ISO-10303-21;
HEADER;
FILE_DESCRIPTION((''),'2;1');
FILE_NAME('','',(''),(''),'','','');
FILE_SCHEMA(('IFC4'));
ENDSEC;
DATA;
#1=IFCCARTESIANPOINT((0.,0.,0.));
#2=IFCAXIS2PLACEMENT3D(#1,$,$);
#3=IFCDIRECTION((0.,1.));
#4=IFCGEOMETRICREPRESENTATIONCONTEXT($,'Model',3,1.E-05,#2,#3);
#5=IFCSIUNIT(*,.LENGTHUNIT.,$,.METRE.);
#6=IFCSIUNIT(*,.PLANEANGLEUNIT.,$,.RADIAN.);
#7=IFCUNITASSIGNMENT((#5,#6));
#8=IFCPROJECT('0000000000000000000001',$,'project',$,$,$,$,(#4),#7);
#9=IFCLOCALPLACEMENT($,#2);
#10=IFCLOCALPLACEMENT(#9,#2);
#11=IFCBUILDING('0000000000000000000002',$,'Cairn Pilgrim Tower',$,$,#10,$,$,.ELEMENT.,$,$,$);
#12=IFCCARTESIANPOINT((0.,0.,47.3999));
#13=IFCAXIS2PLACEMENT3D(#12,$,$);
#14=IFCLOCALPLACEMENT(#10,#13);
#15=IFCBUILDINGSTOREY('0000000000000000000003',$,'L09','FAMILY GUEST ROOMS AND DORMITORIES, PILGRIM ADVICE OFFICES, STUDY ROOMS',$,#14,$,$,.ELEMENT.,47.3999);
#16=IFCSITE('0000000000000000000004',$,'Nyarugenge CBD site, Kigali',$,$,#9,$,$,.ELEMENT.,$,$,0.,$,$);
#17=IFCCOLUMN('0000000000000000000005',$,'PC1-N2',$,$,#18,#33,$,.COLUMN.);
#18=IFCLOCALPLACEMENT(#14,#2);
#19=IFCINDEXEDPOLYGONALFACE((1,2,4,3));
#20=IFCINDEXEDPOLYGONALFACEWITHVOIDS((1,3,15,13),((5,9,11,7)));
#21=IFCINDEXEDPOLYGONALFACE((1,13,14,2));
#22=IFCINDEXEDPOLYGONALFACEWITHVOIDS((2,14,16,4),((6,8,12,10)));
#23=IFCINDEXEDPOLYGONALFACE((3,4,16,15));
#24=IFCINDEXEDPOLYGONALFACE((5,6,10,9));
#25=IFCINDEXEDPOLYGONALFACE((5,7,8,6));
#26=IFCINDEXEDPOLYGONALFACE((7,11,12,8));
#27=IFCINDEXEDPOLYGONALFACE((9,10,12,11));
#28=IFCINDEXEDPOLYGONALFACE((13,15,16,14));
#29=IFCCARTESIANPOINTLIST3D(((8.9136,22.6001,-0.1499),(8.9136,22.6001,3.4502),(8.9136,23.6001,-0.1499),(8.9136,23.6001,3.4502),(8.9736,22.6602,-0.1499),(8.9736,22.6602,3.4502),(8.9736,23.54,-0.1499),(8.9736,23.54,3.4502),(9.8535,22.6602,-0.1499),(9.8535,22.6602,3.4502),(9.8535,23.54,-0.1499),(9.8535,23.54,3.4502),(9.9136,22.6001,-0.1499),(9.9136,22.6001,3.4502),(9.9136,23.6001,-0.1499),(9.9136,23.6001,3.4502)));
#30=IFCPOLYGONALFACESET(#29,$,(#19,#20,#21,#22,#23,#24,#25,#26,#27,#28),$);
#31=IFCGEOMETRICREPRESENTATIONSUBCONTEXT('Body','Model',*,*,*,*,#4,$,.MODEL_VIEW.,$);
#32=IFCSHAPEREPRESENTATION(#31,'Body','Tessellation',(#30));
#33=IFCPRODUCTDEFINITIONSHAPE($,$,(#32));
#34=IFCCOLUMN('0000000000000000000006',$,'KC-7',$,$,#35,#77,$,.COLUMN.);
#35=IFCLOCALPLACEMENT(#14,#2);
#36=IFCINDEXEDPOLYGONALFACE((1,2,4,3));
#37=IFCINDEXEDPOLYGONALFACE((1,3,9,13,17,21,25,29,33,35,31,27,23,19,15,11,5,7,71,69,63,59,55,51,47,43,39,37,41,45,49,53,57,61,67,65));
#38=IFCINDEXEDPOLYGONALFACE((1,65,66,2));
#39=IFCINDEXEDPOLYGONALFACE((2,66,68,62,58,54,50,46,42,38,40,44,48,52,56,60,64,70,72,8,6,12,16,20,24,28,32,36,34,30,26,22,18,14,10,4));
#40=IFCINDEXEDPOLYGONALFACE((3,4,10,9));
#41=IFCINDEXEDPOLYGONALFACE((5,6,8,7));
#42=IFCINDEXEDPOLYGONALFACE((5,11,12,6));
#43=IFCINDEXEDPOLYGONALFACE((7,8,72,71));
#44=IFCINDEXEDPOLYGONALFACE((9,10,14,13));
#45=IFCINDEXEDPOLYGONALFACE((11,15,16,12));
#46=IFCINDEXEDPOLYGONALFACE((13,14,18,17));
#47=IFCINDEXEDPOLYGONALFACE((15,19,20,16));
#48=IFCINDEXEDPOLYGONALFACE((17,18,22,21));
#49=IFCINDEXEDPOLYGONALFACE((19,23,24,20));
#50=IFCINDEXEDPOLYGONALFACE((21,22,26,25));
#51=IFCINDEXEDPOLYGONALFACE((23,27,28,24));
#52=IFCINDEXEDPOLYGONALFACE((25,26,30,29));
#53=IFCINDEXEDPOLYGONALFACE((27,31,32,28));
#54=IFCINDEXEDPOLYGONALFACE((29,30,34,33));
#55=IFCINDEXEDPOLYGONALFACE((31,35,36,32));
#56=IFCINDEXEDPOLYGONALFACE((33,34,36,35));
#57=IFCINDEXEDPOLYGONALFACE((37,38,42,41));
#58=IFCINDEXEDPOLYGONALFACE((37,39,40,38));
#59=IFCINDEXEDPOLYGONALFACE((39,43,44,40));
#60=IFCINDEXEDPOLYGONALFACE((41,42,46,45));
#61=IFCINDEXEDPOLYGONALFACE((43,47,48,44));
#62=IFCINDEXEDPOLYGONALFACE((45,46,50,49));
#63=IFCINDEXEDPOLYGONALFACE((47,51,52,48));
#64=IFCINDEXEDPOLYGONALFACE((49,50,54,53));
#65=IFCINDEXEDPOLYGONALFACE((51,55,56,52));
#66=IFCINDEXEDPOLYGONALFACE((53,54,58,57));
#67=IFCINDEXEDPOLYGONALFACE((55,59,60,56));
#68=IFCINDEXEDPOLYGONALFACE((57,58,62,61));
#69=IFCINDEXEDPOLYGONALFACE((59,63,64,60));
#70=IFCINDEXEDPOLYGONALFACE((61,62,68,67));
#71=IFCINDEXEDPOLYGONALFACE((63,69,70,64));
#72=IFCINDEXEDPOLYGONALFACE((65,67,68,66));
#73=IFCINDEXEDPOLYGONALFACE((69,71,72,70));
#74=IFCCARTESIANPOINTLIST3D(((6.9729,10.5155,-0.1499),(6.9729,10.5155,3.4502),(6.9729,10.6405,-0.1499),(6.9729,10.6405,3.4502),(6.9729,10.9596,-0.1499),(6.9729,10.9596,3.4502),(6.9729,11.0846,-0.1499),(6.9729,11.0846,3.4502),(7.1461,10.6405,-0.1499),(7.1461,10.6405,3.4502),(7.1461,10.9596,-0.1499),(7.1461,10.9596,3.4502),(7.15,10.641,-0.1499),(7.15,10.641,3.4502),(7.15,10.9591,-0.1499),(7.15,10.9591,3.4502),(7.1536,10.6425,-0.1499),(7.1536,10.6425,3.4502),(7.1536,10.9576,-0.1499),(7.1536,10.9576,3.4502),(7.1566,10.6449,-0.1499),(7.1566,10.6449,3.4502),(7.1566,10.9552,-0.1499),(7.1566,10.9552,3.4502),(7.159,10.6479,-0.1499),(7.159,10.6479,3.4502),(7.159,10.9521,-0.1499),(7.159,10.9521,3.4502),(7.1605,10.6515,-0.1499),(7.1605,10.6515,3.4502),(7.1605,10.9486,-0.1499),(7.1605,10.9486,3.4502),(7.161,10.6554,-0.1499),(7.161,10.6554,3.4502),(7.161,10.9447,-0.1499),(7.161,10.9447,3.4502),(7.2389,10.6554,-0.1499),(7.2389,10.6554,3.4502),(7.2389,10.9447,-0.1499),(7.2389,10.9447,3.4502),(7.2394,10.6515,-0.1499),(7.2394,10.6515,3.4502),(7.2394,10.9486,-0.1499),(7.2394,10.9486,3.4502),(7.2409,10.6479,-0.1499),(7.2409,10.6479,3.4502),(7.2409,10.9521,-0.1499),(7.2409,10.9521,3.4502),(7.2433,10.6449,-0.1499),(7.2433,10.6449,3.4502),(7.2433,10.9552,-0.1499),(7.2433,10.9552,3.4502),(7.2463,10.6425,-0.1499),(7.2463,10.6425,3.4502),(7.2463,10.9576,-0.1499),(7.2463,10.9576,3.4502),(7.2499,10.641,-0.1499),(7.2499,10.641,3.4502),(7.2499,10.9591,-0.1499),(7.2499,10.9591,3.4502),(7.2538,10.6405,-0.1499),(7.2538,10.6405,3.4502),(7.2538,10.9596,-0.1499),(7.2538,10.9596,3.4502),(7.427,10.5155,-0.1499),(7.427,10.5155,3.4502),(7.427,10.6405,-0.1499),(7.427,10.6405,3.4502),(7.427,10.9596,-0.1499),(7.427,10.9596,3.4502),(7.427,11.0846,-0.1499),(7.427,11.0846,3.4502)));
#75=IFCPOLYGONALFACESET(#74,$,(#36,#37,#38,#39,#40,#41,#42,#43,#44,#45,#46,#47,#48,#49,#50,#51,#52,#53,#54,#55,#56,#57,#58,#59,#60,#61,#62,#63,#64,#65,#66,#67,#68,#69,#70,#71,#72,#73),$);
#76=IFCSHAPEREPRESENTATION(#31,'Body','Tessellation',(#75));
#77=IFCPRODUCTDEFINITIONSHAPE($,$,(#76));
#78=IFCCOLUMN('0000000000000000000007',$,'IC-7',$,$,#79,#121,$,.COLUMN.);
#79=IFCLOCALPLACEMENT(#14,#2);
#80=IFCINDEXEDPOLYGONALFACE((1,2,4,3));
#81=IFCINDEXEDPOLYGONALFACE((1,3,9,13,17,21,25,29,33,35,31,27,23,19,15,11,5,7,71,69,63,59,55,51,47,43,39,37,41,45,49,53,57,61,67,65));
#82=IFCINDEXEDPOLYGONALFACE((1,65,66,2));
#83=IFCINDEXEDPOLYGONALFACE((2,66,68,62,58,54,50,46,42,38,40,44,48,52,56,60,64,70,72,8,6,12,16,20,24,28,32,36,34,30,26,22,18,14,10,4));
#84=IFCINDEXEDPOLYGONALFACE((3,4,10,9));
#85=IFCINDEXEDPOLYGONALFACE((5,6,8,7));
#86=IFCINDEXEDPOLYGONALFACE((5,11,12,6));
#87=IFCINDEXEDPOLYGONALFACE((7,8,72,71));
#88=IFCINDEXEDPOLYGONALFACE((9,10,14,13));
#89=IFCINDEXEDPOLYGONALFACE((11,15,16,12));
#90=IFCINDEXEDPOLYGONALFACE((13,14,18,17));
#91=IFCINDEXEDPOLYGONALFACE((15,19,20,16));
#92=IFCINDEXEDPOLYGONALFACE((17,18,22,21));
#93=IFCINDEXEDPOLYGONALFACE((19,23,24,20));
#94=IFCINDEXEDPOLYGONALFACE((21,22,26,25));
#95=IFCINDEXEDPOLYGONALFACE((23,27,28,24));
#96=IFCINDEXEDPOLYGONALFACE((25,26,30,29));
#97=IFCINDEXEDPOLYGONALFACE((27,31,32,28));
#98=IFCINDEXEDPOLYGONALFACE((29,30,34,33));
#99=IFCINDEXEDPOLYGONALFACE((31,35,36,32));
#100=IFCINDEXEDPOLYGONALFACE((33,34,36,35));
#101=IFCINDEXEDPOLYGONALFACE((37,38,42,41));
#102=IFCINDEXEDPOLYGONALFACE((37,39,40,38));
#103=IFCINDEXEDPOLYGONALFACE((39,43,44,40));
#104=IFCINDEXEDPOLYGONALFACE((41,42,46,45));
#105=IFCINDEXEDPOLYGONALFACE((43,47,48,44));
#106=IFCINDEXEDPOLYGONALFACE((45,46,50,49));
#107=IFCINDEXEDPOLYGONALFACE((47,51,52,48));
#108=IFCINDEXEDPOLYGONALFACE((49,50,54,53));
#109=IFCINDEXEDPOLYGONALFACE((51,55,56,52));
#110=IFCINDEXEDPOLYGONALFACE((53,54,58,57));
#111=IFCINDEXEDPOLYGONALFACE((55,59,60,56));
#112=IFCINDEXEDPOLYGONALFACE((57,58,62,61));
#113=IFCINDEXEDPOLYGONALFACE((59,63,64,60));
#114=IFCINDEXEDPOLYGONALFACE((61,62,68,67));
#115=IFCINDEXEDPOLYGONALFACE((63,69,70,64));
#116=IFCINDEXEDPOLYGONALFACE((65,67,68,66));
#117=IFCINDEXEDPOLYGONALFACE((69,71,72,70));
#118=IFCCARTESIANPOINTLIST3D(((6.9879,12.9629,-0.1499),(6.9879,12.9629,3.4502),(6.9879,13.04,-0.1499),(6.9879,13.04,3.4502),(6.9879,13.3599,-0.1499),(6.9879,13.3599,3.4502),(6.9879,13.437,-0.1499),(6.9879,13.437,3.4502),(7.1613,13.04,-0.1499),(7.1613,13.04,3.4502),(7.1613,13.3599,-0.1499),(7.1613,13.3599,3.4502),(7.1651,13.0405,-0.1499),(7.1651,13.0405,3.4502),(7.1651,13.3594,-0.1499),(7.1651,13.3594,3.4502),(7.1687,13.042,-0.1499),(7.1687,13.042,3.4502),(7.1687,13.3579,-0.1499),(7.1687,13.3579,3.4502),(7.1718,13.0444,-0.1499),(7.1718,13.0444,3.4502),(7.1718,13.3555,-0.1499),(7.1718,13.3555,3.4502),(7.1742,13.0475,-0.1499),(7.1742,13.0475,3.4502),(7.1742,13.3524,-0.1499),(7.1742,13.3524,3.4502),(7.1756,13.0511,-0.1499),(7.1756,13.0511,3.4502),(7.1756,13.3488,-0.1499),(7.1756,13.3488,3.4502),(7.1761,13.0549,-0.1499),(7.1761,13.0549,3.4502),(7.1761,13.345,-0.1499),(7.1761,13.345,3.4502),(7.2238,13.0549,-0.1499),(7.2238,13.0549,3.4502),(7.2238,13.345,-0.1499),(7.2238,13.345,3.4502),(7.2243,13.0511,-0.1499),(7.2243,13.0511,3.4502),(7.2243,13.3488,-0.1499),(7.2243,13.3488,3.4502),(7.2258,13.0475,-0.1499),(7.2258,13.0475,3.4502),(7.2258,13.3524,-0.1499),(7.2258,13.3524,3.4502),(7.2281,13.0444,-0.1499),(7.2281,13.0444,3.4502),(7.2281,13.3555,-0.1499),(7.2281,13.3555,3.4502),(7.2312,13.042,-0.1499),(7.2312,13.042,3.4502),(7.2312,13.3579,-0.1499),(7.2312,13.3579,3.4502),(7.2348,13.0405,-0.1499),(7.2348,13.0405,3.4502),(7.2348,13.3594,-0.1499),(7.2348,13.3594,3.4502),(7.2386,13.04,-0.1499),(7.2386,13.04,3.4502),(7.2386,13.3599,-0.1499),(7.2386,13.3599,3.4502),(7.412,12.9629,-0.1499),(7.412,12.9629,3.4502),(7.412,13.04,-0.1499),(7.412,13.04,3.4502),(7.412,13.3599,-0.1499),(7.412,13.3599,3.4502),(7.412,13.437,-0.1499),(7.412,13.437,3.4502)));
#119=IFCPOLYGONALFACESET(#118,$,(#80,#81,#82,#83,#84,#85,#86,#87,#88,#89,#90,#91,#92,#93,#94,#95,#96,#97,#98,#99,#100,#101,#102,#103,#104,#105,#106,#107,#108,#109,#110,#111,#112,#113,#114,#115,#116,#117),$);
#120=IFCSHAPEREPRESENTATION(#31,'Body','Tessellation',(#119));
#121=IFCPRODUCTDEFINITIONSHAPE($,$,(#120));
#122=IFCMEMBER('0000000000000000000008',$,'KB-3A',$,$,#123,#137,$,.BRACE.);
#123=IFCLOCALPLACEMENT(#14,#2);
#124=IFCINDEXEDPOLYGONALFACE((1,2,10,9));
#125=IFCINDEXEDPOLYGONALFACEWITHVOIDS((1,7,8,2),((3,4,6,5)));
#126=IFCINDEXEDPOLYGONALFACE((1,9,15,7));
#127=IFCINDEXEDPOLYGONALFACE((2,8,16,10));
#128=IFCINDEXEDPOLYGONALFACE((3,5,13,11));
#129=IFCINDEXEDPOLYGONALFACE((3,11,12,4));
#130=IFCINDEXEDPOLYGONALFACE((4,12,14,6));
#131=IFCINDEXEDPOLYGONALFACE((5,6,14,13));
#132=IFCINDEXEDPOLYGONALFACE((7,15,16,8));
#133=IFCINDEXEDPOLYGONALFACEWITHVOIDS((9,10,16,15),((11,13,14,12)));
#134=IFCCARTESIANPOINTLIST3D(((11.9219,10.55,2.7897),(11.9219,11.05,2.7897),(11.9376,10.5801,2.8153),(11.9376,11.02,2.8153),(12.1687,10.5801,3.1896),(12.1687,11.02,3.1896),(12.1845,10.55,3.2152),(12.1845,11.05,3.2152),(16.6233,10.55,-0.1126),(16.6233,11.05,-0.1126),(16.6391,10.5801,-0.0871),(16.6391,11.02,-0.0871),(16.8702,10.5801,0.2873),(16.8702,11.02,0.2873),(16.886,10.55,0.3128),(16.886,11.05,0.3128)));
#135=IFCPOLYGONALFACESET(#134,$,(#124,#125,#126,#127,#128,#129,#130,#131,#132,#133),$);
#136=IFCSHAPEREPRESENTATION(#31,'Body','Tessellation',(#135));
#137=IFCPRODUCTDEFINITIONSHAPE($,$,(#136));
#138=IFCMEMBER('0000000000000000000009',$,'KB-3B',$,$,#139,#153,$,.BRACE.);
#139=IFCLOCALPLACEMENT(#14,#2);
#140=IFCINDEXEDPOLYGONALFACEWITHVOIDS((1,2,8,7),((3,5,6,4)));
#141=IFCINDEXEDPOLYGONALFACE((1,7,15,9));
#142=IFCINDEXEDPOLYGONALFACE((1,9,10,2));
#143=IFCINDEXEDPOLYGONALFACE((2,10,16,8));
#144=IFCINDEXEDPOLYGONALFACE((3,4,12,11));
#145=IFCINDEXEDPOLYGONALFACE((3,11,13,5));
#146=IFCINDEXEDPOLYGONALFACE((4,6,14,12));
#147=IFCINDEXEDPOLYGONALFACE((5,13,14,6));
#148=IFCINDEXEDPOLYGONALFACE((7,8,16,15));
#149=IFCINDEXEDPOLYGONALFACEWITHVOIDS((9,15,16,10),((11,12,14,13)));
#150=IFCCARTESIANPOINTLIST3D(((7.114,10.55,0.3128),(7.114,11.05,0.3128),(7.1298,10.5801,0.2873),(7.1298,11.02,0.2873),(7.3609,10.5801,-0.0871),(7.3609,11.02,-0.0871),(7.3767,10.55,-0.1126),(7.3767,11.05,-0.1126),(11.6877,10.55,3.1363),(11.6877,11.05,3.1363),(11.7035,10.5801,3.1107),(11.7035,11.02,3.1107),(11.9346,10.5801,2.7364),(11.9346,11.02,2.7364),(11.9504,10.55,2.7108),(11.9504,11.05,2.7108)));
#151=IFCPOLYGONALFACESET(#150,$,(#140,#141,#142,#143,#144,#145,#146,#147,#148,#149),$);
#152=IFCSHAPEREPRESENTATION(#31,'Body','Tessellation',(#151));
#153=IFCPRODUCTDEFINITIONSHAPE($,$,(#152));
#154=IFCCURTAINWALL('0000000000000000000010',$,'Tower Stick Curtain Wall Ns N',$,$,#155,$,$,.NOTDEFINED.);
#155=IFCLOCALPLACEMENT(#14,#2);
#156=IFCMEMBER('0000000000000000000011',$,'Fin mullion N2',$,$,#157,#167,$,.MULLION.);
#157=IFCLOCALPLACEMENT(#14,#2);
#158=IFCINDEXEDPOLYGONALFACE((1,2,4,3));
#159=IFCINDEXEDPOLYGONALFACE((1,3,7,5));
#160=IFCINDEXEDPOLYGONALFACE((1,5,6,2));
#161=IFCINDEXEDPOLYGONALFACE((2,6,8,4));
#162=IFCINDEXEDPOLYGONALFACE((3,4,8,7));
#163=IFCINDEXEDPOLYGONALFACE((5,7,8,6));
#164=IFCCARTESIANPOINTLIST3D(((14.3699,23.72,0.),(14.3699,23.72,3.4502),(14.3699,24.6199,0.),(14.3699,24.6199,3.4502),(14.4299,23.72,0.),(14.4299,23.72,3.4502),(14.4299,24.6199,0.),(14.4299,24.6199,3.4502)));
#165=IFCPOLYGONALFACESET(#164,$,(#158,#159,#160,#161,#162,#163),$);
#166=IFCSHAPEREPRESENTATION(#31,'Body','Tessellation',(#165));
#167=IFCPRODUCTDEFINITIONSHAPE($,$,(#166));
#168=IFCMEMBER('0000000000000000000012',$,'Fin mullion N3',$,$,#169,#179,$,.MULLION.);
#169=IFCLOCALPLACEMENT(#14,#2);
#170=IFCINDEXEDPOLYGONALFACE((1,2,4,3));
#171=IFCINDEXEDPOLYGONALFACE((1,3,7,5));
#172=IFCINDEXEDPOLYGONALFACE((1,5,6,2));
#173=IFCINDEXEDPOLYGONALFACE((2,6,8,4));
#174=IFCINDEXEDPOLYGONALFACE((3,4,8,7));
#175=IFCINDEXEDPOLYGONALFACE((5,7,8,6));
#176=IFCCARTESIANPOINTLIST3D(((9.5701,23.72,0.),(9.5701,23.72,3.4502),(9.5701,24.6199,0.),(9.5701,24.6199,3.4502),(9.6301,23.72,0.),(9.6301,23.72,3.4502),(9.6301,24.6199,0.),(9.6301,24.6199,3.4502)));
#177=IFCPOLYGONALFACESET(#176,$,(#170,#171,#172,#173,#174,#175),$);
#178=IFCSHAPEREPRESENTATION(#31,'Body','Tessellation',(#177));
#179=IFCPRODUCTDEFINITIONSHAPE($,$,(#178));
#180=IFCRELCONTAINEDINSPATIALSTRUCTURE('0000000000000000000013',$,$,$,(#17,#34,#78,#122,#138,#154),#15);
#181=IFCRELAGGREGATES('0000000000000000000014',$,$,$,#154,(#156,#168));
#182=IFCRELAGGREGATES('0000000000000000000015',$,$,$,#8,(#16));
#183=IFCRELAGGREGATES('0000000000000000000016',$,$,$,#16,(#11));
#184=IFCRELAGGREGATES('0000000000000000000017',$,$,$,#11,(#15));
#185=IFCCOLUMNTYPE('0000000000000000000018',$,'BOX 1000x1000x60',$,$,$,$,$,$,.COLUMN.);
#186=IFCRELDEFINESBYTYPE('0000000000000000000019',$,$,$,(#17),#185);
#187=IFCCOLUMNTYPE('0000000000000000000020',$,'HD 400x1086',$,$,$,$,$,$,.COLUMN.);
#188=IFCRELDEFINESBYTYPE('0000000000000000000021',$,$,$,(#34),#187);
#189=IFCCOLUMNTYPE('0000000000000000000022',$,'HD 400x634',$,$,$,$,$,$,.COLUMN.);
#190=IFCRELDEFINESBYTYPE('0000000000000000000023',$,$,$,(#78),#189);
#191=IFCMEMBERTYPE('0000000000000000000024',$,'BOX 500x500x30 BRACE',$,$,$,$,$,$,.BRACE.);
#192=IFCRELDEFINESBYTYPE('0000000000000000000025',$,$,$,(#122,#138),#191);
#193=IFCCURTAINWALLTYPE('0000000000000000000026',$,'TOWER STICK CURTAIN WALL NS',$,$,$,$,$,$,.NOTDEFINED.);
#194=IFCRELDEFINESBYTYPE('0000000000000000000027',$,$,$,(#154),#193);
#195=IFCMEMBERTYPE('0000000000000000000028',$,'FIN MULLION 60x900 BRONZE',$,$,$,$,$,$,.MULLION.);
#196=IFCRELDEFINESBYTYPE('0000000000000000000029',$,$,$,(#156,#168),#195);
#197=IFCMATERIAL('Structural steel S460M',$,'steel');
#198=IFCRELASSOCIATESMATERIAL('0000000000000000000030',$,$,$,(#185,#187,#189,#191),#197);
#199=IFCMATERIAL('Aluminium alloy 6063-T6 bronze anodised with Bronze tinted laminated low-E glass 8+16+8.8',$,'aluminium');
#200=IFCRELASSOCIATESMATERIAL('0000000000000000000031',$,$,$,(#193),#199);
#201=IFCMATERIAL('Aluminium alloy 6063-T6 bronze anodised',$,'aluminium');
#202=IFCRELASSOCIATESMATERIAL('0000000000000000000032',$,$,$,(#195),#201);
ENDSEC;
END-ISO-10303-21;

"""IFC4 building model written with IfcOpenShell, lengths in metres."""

from ifc_helpers import new_model, si_unit, direction, frame, origin, origin_2d, place, context, subcontext, project, spatial, rectangle, hollow_rectangle, i_section, extrude, material, material_profile, profile_set, type_object, element, aggregate, save


model = new_model("IFC4")

# Units and contexts
model_context = context("Model", 3, precision=1e-05, world=origin(), true_north=direction((0.0, 1.0)))
body_context = subcontext(model_context, "Body", "Model", "MODEL_VIEW")
ifc_project = project(units=[si_unit("LENGTHUNIT", "METRE"), si_unit("PLANEANGLEUNIT", "RADIAN")], contexts=[model_context])

# Site, building, storey
site_placement = place(None, origin())
site = spatial("IfcSite", under=ifc_project, at=site_placement, Name="Nyarugenge CBD site, Kigali", CompositionType="ELEMENT", RefElevation=0.0)
building_placement = place(site_placement, origin())
building = spatial("IfcBuilding", under=site, at=building_placement, Name="Cairn Pilgrim Tower", CompositionType="ELEMENT")
storey_placement = place(building_placement, frame((0.0, 0.0, 47.3999)))
storey = spatial("IfcBuildingStorey", under=building, at=storey_placement, Name="L09", Description="FAMILY GUEST ROOMS AND DORMITORIES, PILGRIM ADVICE OFFICES, STUDY ROOMS", CompositionType="ELEMENT", Elevation=47.3999)

# Columns
ifc_material_1 = material(Name="Structural steel S460M", Category="steel")
ifc_material_profile_1 = material_profile(ifc_material_1, hollow_rectangle(XDim=1.0, YDim=1.0, WallThickness=0.0601, at=origin_2d()), Name="BOX 1000x1000x60")
ifc_profile_set_1 = profile_set([ifc_material_profile_1], Name="Structural steel S460M")
column_type_1 = type_object("IfcColumnType", Name="BOX 1000x1000x60", PredefinedType="COLUMN", material=ifc_profile_set_1)
column_1_placement = place(storey_placement, frame((9.4136, 23.1001, -0.1499), z_axis=(0.0, 0.0, 1.0), x_axis=(1.0, 0.0, 0.0)))
element("IfcColumn", 1, at=column_1_placement, inside=storey, type_object=column_type_1, Name="PC1-N2", PredefinedType="COLUMN", context=body_context, shape_type="SweptSolid", body=[
    extrude(hollow_rectangle(XDim=1.0, YDim=1.0, WallThickness=0.0601, at=origin_2d()), origin(), (0.0, 0.0, 1.0), 3.6001),
])
ifc_material_profile_2 = material_profile(ifc_material_1, i_section(OverallWidth=0.4541, OverallDepth=0.5691, WebThickness=0.0779, FlangeThickness=0.125, FilletRadius=0.0149, at=origin_2d()), Name="HD 400x1086")
ifc_profile_set_2 = profile_set([ifc_material_profile_2], Name="Structural steel S460M")
column_type_2 = type_object("IfcColumnType", Name="HD 400x1086", PredefinedType="COLUMN", material=ifc_profile_set_2)
column_2_placement = place(storey_placement, frame((7.2, 10.8, -0.1499), z_axis=(0.0, 0.0, 1.0), x_axis=(1.0, 0.0, 0.0)))
element("IfcColumn", 2, at=column_2_placement, inside=storey, type_object=column_type_2, Name="KC-7", PredefinedType="COLUMN", context=body_context, shape_type="SweptSolid", body=[
    extrude(i_section(OverallWidth=0.4541, OverallDepth=0.5691, WebThickness=0.0779, FlangeThickness=0.125, FilletRadius=0.0149, at=origin_2d()), origin(), (0.0, 0.0, 1.0), 3.6001),
])
ifc_material_profile_3 = material_profile(ifc_material_1, i_section(OverallWidth=0.4241, OverallDepth=0.4741, WebThickness=0.0476, FlangeThickness=0.0771, FilletRadius=0.0149, at=origin_2d()), Name="HD 400x634")
ifc_profile_set_3 = profile_set([ifc_material_profile_3], Name="Structural steel S460M")
column_type_3 = type_object("IfcColumnType", Name="HD 400x634", PredefinedType="COLUMN", material=ifc_profile_set_3)
column_3_placement = place(storey_placement, frame((7.2, 13.2, -0.1499), z_axis=(0.0, 0.0, 1.0), x_axis=(1.0, 0.0, 0.0)))
element("IfcColumn", 3, at=column_3_placement, inside=storey, type_object=column_type_3, Name="IC-7", PredefinedType="COLUMN", context=body_context, shape_type="SweptSolid", body=[
    extrude(i_section(OverallWidth=0.4241, OverallDepth=0.4741, WebThickness=0.0476, FlangeThickness=0.0771, FilletRadius=0.0149, at=origin_2d()), origin(), (0.0, 0.0, 1.0), 3.6001),
])

# Members
ifc_material_profile_4 = material_profile(ifc_material_1, hollow_rectangle(XDim=0.5, YDim=0.5, WallThickness=0.03, at=origin_2d()), Name="BOX 500x500x30")
ifc_profile_set_4 = profile_set([ifc_material_profile_4], Name="Structural steel S460M")
member_type_1 = type_object("IfcMemberType", Name="BOX 500x500x30 BRACE", PredefinedType="BRACE", material=ifc_profile_set_4)
member_1_placement = place(storey_placement, frame((16.7546, 10.8, 0.1001), z_axis=(-0.850917, 0.0, 0.5253), x_axis=(0.0, -1.0, 0.0)))
element("IfcMember", 4, at=member_1_placement, inside=storey, type_object=member_type_1, Name="KB-3A", PredefinedType="BRACE", context=body_context, shape_type="SweptSolid", body=[
    extrude(hollow_rectangle(XDim=0.5, YDim=0.5, WallThickness=0.03, at=origin_2d()), origin(), (0.0, 0.0, 1.0), 5.5251),
])
member_2_placement = place(storey_placement, frame((7.2454, 10.8, 0.1001), z_axis=(0.85092, 0.0, 0.525296), x_axis=(0.0, 1.0, 0.0)))
element("IfcMember", 5, at=member_2_placement, inside=storey, type_object=member_type_1, Name="KB-3B", PredefinedType="BRACE", context=body_context, shape_type="SweptSolid", body=[
    extrude(hollow_rectangle(XDim=0.5, YDim=0.5, WallThickness=0.03, at=origin_2d()), origin(), (0.0, 0.0, 1.0), 5.375),
])

# Curtain wall, members
ifc_material_2 = material(Name="Aluminium alloy 6063-T6 bronze anodised with Bronze tinted laminated low-E glass 8+16+8.8", Category="aluminium")
curtain_wall_type = type_object("IfcCurtainWallType", Name="TOWER STICK CURTAIN WALL NS", PredefinedType="NOTDEFINED", material=ifc_material_2)
curtain_wall_placement = place(storey_placement, origin())
curtain_wall = element("IfcCurtainWall", 6, at=curtain_wall_placement, inside=storey, type_object=curtain_wall_type, Name="Tower Stick Curtain Wall Ns N", PredefinedType="NOTDEFINED")
ifc_material_3 = material(Name="Aluminium alloy 6063-T6 bronze anodised", Category="aluminium")
ifc_material_profile_5 = material_profile(ifc_material_3, rectangle(XDim=0.8999, YDim=0.0601, at=origin_2d()), Name="FIN MULLION 60x900 BRONZE")
ifc_profile_set_5 = profile_set([ifc_material_profile_5], Name="Aluminium alloy 6063-T6 bronze anodised")
member_type_2 = type_object("IfcMemberType", Name="FIN MULLION 60x900 BRONZE", PredefinedType="MULLION", material=ifc_profile_set_5)
member_3_placement = place(storey_placement, frame((14.3999, 24.1699, 0.0), z_axis=(0.0, 0.0, 1.0), x_axis=(0.0, 1.0, 0.0)))
member_3 = element("IfcMember", 7, at=member_3_placement, type_object=member_type_2, Name="Fin mullion N2", PredefinedType="MULLION", context=body_context, shape_type="SweptSolid", body=[
    extrude(rectangle(XDim=0.8999, YDim=0.0601, at=origin_2d()), origin(), (0.0, 0.0, 1.0), 3.4502),
])
member_4_placement = place(storey_placement, frame((9.6001, 24.1699, 0.0), z_axis=(0.0, 0.0, 1.0), x_axis=(0.0, 1.0, 0.0)))
member_4 = element("IfcMember", 8, at=member_4_placement, type_object=member_type_2, Name="Fin mullion N3", PredefinedType="MULLION", context=body_context, shape_type="SweptSolid", body=[
    extrude(rectangle(XDim=0.8999, YDim=0.0601, at=origin_2d()), origin(), (0.0, 0.0, 1.0), 3.4502),
])

aggregate(curtain_wall, [member_3, member_4])

save(model, "model.ifc")
